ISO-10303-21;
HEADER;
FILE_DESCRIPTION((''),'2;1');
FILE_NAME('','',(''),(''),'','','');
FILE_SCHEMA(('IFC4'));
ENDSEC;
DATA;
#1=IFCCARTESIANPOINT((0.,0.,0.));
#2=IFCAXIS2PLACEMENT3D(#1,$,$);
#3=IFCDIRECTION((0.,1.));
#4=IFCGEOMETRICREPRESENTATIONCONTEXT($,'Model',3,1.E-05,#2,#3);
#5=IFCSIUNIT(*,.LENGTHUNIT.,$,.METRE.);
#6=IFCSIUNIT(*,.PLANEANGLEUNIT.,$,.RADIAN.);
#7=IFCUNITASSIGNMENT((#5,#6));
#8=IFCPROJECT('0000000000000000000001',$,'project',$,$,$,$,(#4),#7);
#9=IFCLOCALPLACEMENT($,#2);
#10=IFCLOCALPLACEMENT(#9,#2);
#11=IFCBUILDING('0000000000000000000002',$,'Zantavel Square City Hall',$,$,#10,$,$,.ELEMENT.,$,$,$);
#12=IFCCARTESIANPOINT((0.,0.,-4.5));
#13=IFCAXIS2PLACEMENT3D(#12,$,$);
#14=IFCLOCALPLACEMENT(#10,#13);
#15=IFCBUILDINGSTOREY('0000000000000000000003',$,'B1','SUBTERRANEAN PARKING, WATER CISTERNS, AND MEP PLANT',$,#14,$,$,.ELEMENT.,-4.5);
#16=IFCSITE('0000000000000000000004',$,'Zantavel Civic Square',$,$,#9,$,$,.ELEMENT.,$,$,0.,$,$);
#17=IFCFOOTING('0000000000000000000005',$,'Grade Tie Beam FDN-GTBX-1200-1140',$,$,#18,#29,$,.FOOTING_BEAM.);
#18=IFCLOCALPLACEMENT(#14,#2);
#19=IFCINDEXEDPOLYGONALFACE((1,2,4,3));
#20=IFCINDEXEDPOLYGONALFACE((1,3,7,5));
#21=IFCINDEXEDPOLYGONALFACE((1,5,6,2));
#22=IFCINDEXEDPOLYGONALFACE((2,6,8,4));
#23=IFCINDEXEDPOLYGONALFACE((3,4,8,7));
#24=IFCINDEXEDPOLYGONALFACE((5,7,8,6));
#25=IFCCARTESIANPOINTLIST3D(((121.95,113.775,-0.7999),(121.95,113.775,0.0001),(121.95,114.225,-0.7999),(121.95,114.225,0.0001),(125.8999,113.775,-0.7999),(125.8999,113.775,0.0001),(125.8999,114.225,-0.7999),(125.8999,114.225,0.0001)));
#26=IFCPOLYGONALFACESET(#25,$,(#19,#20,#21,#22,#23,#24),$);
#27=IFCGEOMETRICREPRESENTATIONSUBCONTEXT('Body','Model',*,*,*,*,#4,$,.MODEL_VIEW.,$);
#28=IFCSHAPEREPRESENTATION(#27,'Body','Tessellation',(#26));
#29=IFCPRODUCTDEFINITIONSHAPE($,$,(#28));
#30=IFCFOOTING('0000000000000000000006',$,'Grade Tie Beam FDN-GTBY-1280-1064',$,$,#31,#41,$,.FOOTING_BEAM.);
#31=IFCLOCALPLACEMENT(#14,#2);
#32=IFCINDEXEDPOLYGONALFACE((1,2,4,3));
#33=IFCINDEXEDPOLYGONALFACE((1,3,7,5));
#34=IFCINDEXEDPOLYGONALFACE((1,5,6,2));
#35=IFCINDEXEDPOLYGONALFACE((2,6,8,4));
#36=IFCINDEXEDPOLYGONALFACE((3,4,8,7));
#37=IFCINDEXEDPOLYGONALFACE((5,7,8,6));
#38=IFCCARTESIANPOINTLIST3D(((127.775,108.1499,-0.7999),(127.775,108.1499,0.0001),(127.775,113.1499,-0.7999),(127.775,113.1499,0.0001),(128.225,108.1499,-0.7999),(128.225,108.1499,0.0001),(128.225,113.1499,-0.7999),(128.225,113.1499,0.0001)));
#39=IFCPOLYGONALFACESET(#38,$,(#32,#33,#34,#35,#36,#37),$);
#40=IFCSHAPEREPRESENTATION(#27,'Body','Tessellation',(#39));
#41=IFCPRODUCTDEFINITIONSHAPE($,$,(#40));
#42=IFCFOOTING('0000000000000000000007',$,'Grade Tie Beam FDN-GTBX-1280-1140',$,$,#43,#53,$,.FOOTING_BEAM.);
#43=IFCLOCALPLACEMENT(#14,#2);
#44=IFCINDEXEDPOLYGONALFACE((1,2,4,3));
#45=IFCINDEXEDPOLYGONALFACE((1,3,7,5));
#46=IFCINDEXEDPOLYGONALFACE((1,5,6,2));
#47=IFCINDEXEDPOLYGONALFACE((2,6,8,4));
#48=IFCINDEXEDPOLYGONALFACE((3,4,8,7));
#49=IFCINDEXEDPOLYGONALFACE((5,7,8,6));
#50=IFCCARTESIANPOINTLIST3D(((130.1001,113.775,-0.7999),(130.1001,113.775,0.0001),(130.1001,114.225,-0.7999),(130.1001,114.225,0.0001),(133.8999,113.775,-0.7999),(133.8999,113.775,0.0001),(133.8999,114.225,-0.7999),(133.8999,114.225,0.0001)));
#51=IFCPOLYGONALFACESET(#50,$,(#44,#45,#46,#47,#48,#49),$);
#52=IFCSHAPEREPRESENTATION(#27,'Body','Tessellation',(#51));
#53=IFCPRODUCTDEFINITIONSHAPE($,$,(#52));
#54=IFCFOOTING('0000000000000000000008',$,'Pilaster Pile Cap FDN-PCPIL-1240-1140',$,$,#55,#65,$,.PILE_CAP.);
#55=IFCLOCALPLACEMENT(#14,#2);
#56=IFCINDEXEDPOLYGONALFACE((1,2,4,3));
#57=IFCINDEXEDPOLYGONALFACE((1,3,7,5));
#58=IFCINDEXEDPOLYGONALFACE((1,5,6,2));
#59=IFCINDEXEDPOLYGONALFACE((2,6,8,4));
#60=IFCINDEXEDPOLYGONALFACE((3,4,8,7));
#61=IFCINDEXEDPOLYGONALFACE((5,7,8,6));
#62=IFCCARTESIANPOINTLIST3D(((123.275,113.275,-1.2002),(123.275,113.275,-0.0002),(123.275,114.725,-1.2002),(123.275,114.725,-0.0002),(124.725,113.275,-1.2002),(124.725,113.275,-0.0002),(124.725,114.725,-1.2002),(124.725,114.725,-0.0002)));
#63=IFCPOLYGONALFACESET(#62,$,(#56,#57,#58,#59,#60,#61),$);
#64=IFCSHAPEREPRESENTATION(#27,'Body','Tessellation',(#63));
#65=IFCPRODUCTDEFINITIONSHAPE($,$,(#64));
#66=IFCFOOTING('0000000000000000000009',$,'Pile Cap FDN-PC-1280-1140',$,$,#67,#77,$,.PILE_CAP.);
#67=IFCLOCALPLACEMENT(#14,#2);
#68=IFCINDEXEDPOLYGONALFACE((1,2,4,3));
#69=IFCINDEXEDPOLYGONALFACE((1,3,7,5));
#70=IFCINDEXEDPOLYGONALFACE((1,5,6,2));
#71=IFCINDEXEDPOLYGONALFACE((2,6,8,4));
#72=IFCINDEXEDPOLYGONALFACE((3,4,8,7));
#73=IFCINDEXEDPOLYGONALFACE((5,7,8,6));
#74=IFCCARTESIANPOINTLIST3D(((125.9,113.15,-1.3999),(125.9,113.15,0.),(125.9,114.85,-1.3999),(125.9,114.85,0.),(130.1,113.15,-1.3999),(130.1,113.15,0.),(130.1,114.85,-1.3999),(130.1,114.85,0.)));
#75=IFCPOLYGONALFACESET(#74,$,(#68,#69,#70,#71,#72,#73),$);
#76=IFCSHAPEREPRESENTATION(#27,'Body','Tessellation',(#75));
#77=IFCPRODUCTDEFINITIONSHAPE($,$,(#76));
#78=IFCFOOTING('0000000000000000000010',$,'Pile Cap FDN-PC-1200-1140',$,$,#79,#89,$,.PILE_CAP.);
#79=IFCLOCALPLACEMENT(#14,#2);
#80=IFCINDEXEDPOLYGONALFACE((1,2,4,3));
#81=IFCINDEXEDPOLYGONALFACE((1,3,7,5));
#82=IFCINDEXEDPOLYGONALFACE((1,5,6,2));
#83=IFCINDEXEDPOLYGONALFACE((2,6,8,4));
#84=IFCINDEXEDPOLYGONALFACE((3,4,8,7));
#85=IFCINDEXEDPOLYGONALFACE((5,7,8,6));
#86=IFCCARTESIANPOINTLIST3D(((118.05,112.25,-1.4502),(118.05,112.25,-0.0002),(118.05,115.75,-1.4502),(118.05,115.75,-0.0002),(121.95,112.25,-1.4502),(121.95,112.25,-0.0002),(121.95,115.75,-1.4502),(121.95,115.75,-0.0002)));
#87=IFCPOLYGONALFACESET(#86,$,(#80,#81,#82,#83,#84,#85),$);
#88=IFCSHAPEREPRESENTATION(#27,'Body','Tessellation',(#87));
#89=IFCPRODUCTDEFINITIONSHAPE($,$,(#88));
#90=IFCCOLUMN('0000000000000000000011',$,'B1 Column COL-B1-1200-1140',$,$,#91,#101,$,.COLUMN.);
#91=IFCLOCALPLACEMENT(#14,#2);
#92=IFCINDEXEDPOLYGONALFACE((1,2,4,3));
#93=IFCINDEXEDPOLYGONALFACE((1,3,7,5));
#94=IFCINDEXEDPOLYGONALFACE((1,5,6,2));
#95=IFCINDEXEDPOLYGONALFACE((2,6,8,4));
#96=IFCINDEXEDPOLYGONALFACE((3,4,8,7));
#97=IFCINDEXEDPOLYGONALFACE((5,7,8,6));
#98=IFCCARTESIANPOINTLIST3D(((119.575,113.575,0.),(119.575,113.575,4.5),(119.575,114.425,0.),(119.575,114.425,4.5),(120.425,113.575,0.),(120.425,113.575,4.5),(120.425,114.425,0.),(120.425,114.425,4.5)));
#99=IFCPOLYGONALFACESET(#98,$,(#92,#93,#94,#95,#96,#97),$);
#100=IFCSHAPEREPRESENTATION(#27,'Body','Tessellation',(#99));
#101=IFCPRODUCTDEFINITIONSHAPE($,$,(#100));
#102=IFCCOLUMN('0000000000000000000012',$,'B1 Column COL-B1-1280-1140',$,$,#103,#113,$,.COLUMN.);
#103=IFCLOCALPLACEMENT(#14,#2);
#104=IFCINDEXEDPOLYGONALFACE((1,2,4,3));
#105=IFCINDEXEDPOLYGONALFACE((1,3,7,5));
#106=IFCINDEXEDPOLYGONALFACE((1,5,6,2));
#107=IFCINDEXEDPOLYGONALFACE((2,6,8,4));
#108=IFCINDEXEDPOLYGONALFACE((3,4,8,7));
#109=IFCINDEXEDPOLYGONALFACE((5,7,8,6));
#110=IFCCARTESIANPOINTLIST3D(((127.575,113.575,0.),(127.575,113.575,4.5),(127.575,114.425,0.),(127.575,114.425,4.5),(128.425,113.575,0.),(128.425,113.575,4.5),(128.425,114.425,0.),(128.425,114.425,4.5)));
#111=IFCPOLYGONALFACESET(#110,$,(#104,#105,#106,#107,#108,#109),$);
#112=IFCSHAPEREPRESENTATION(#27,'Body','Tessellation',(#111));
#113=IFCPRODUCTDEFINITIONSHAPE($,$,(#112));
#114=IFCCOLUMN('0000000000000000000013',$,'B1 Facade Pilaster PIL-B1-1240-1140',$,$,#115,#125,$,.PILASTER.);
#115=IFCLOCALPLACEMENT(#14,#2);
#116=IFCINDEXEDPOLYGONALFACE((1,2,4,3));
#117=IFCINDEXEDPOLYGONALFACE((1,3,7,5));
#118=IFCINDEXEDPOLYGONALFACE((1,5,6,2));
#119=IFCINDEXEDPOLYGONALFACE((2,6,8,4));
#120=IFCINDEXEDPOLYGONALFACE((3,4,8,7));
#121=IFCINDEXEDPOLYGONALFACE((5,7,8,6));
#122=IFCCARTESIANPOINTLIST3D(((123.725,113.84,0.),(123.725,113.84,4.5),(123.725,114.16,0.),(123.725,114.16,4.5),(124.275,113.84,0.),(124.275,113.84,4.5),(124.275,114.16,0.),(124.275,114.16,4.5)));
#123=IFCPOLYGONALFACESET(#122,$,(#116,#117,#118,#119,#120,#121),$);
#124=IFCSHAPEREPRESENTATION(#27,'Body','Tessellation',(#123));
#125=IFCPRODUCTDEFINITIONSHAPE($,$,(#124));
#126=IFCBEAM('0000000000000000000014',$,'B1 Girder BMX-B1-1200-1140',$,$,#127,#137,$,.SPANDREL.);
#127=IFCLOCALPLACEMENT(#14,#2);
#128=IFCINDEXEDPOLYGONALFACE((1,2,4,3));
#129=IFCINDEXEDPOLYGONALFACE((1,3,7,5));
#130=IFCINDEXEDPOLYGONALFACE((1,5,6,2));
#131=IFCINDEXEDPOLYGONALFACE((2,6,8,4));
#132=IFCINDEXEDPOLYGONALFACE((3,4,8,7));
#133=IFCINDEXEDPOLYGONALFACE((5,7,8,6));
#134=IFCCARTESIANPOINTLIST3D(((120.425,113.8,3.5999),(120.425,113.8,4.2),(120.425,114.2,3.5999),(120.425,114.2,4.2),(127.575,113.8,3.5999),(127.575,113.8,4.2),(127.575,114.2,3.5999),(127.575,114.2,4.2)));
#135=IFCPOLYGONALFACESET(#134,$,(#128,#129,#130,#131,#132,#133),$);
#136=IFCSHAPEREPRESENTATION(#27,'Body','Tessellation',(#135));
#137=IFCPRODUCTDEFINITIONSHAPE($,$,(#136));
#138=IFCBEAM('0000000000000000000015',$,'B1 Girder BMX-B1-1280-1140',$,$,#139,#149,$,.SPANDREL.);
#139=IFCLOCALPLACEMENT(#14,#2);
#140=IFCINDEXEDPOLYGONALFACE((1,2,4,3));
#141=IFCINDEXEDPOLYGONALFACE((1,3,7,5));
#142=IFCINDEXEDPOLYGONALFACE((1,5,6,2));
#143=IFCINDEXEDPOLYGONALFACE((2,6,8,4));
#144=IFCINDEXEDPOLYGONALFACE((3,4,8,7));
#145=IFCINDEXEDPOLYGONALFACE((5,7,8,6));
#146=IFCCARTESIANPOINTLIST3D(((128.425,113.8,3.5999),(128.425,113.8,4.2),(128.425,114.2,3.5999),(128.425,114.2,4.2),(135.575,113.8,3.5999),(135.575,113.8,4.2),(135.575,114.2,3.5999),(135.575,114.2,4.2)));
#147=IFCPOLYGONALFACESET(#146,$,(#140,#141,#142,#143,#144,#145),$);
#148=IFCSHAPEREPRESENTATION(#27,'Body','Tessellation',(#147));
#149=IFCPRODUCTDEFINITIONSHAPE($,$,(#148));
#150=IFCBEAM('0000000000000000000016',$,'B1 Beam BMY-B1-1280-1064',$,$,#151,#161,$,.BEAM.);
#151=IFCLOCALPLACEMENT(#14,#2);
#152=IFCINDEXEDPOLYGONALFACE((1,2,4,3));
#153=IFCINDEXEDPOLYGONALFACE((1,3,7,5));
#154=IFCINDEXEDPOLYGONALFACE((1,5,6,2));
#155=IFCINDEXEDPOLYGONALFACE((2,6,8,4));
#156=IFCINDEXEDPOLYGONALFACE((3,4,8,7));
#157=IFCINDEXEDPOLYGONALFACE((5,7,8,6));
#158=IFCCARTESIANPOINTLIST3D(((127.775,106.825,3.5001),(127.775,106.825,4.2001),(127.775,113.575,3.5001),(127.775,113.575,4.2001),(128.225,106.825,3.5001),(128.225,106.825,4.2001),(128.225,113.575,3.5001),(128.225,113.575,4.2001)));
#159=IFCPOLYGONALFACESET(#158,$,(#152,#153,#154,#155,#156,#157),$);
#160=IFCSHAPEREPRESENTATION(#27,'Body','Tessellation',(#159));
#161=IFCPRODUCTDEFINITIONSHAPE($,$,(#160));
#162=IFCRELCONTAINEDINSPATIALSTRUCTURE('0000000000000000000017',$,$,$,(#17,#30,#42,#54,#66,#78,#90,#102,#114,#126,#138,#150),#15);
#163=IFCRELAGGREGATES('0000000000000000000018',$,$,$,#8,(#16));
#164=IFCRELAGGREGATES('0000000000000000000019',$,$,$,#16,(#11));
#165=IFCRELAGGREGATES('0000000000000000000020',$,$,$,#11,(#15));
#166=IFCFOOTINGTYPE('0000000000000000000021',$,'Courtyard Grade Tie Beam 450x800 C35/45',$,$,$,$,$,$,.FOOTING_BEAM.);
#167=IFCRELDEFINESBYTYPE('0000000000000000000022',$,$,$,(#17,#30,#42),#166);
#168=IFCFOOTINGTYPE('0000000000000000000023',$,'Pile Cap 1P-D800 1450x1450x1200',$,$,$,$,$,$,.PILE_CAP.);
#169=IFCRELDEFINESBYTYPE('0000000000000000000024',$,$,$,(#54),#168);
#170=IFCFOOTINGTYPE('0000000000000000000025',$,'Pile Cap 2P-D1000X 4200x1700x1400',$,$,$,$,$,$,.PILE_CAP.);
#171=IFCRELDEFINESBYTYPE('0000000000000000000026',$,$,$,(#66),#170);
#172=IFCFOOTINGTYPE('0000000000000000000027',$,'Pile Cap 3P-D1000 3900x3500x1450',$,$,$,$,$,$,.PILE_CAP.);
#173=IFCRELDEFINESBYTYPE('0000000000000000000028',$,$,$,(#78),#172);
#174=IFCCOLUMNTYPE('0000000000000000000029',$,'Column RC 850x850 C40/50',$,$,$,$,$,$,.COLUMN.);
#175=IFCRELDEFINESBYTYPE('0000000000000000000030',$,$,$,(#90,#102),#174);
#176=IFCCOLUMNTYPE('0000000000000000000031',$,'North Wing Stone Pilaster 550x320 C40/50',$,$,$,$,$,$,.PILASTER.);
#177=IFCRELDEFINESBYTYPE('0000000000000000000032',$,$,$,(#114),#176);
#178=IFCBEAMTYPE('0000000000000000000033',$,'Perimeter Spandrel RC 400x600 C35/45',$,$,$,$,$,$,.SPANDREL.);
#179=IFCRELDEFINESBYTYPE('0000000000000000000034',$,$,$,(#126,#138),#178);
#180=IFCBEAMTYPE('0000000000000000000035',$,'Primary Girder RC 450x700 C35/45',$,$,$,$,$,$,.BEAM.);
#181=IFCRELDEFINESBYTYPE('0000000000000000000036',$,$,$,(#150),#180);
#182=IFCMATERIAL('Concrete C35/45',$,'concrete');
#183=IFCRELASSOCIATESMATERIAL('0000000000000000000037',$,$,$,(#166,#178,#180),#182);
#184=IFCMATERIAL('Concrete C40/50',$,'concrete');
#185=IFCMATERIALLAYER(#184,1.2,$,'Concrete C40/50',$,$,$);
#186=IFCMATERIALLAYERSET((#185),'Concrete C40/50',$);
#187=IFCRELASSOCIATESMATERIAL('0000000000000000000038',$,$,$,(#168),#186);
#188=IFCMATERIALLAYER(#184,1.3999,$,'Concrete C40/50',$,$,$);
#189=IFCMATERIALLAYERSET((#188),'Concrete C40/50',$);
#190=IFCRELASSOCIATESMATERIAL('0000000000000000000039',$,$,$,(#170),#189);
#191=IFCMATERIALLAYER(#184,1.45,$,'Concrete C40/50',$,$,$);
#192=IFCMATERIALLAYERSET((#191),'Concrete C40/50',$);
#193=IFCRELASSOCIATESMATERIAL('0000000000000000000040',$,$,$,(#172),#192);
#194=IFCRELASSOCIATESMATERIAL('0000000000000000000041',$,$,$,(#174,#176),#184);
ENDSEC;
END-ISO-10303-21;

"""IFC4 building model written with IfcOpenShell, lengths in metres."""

from ifc_helpers import new_model, si_unit, direction, frame, origin, origin_2d, place, context, subcontext, project, spatial, rectangle, extrude, material, layer, layer_set, material_profile, profile_set, type_object, element, save


model = new_model("IFC4")

# Units and contexts
model_context = context("Model", 3, precision=1e-05, world=origin(), true_north=direction((0.0, 1.0)))
body_context = subcontext(model_context, "Body", "Model", "MODEL_VIEW")
ifc_project = project(units=[si_unit("LENGTHUNIT", "METRE"), si_unit("PLANEANGLEUNIT", "RADIAN")], contexts=[model_context])

# Site, building, storey
site_placement = place(None, origin())
site = spatial("IfcSite", under=ifc_project, at=site_placement, Name="Zantavel Civic Square", CompositionType="ELEMENT", RefElevation=0.0)
building_placement = place(site_placement, origin())
building = spatial("IfcBuilding", under=site, at=building_placement, Name="Zantavel Square City Hall", CompositionType="ELEMENT")
storey_placement = place(building_placement, frame((0.0, 0.0, -4.5)))
storey = spatial("IfcBuildingStorey", under=building, at=storey_placement, Name="B1", Description="SUBTERRANEAN PARKING, WATER CISTERNS, AND MEP PLANT", CompositionType="ELEMENT", Elevation=-4.5)

# Shared definitions
ifc_material_1 = material(Name="Concrete C35/45", Category="concrete")

# Footings
ifc_material_profile_1 = material_profile(ifc_material_1, rectangle(XDim=0.45, YDim=0.8, at=origin_2d()), Name="RC 450x800")
ifc_profile_set_1 = profile_set([ifc_material_profile_1], Name="Concrete C35/45")
footing_type_1 = type_object("IfcFootingType", Name="Courtyard Grade Tie Beam 450x800 C35/45", PredefinedType="FOOTING_BEAM", material=ifc_profile_set_1)
footing_1_placement = place(storey_placement, frame((121.95, 114.0, -0.3999), z_axis=(1.0, 0.0, 0.0), x_axis=(0.0, 1.0, 0.0)))
element("IfcFooting", 1, at=footing_1_placement, inside=storey, type_object=footing_type_1, Name="Grade Tie Beam FDN-GTBX-1200-1140", PredefinedType="FOOTING_BEAM", context=body_context, shape_type="SweptSolid", body=[
    extrude(rectangle(XDim=0.45, YDim=0.8, at=origin_2d()), origin(), (0.0, 0.0, 1.0), 3.95),
])
footing_2_placement = place(storey_placement, frame((128.0, 108.1499, -0.3999), z_axis=(0.0, 1.0, 0.0), x_axis=(-1.0, 0.0, 0.0)))
element("IfcFooting", 2, at=footing_2_placement, inside=storey, type_object=footing_type_1, Name="Grade Tie Beam FDN-GTBY-1280-1064", PredefinedType="FOOTING_BEAM", context=body_context, shape_type="SweptSolid", body=[
    extrude(rectangle(XDim=0.45, YDim=0.8, at=origin_2d()), origin(), (0.0, 0.0, 1.0), 5.0),
])
footing_3_placement = place(storey_placement, frame((130.1001, 114.0, -0.3999), z_axis=(1.0, 0.0, 0.0), x_axis=(0.0, 1.0, 0.0)))
element("IfcFooting", 3, at=footing_3_placement, inside=storey, type_object=footing_type_1, Name="Grade Tie Beam FDN-GTBX-1280-1140", PredefinedType="FOOTING_BEAM", context=body_context, shape_type="SweptSolid", body=[
    extrude(rectangle(XDim=0.45, YDim=0.8, at=origin_2d()), origin(), (0.0, 0.0, 1.0), 3.7998),
])
ifc_material_2 = material(Name="Concrete C40/50", Category="concrete")
ifc_layer_1 = layer(ifc_material_2, 1.2, Name="Concrete C40/50")
ifc_layer_set_1 = layer_set([ifc_layer_1], Name="Concrete C40/50")
footing_type_2 = type_object("IfcFootingType", Name="Pile Cap 1P-D800 1450x1450x1200", PredefinedType="PILE_CAP", material=ifc_layer_set_1)
footing_4_placement = place(storey_placement, frame((124.0, 114.0, -1.2002), z_axis=(0.0, 0.0, 1.0), x_axis=(1.0, 0.0, 0.0)))
element("IfcFooting", 4, at=footing_4_placement, inside=storey, type_object=footing_type_2, Name="Pilaster Pile Cap FDN-PCPIL-1240-1140", PredefinedType="PILE_CAP", context=body_context, shape_type="SweptSolid", body=[
    extrude(rectangle(XDim=1.45, YDim=1.45, at=origin_2d()), origin(), (0.0, 0.0, 1.0), 1.2),
])
ifc_layer_2 = layer(ifc_material_2, 1.3999, Name="Concrete C40/50")
ifc_layer_set_2 = layer_set([ifc_layer_2], Name="Concrete C40/50")
footing_type_3 = type_object("IfcFootingType", Name="Pile Cap 2P-D1000X 4200x1700x1400", PredefinedType="PILE_CAP", material=ifc_layer_set_2)
footing_5_placement = place(storey_placement, frame((128.0, 114.0, -1.3999), z_axis=(0.0, 0.0, 1.0), x_axis=(1.0, 0.0, 0.0)))
element("IfcFooting", 5, at=footing_5_placement, inside=storey, type_object=footing_type_3, Name="Pile Cap FDN-PC-1280-1140", PredefinedType="PILE_CAP", context=body_context, shape_type="SweptSolid", body=[
    extrude(rectangle(XDim=4.2, YDim=1.7, at=origin_2d()), origin(), (0.0, 0.0, 1.0), 1.3999),
])
ifc_layer_3 = layer(ifc_material_2, 1.45, Name="Concrete C40/50")
ifc_layer_set_3 = layer_set([ifc_layer_3], Name="Concrete C40/50")
footing_type_4 = type_object("IfcFootingType", Name="Pile Cap 3P-D1000 3900x3500x1450", PredefinedType="PILE_CAP", material=ifc_layer_set_3)
footing_6_placement = place(storey_placement, frame((120.0, 114.0, -1.4502), z_axis=(0.0, 0.0, 1.0), x_axis=(1.0, 0.0, 0.0)))
element("IfcFooting", 6, at=footing_6_placement, inside=storey, type_object=footing_type_4, Name="Pile Cap FDN-PC-1200-1140", PredefinedType="PILE_CAP", context=body_context, shape_type="SweptSolid", body=[
    extrude(rectangle(XDim=3.8999, YDim=3.5, at=origin_2d()), origin(), (0.0, 0.0, 1.0), 1.45),
])

# Columns
ifc_material_profile_2 = material_profile(ifc_material_2, rectangle(XDim=0.8501, YDim=0.8501, at=origin_2d()), Name="RC 850x850")
ifc_profile_set_2 = profile_set([ifc_material_profile_2], Name="Concrete C40/50")
column_type_1 = type_object("IfcColumnType", Name="Column RC 850x850 C40/50", PredefinedType="COLUMN", material=ifc_profile_set_2)
for number, where, z_axis, x_axis, name in (
    (7, (120.0, 114.0, 0.0), (0.0, 0.0, 1.0), (1.0, 0.0, 0.0), "B1 Column COL-B1-1200-1140"),
    (8, (128.0, 114.0, 0.0), (0.0, 0.0, 1.0), (1.0, 0.0, 0.0), "B1 Column COL-B1-1280-1140"),
):
    element("IfcColumn", number, at=place(storey_placement, frame(where, z_axis=z_axis, x_axis=x_axis)), inside=storey, type_object=column_type_1, Name=name, PredefinedType="COLUMN", context=body_context, shape_type="SweptSolid", body=[
        extrude(rectangle(XDim=0.8501, YDim=0.8501, at=origin_2d()), origin(), (0.0, 0.0, 1.0), 4.5),
    ])
ifc_material_profile_3 = material_profile(ifc_material_2, rectangle(XDim=0.55, YDim=0.3201, at=origin_2d()), Name="RC 550x320")
ifc_profile_set_3 = profile_set([ifc_material_profile_3], Name="Concrete C40/50")
column_type_2 = type_object("IfcColumnType", Name="North Wing Stone Pilaster 550x320 C40/50", PredefinedType="PILASTER", material=ifc_profile_set_3)
column_placement = place(storey_placement, frame((124.0, 114.0, 0.0), z_axis=(0.0, 0.0, 1.0), x_axis=(1.0, 0.0, 0.0)))
element("IfcColumn", 9, at=column_placement, inside=storey, type_object=column_type_2, Name="B1 Facade Pilaster PIL-B1-1240-1140", PredefinedType="PILASTER", context=body_context, shape_type="SweptSolid", body=[
    extrude(rectangle(XDim=0.55, YDim=0.3201, at=origin_2d()), origin(), (0.0, 0.0, 1.0), 4.5),
])

# Beams
ifc_material_profile_4 = material_profile(ifc_material_1, rectangle(XDim=0.3999, YDim=0.6001, at=origin_2d()), Name="RC 400x600")
ifc_profile_set_4 = profile_set([ifc_material_profile_4], Name="Concrete C35/45")
beam_type_1 = type_object("IfcBeamType", Name="Perimeter Spandrel RC 400x600 C35/45", PredefinedType="SPANDREL", material=ifc_profile_set_4)
for number, where, z_axis, x_axis, name in (
    (10, (120.425, 114.0, 3.8999), (1.0, 0.0, 0.0), (0.0, 1.0, 0.0), "B1 Girder BMX-B1-1200-1140"),
    (11, (128.425, 114.0, 3.8999), (1.0, 0.0, 0.0), (0.0, 1.0, 0.0), "B1 Girder BMX-B1-1280-1140"),
):
    element("IfcBeam", number, at=place(storey_placement, frame(where, z_axis=z_axis, x_axis=x_axis)), inside=storey, type_object=beam_type_1, Name=name, PredefinedType="SPANDREL", context=body_context, shape_type="SweptSolid", body=[
        extrude(rectangle(XDim=0.3999, YDim=0.6001, at=origin_2d()), origin(), (0.0, 0.0, 1.0), 7.1499),
    ])
ifc_material_profile_5 = material_profile(ifc_material_1, rectangle(XDim=0.45, YDim=0.7, at=origin_2d()), Name="RC 450x700")
ifc_profile_set_5 = profile_set([ifc_material_profile_5], Name="Concrete C35/45")
beam_type_2 = type_object("IfcBeamType", Name="Primary Girder RC 450x700 C35/45", PredefinedType="BEAM", material=ifc_profile_set_5)
beam_placement = place(storey_placement, frame((128.0, 106.825, 3.8501), z_axis=(0.0, 1.0, 0.0), x_axis=(-1.0, 0.0, 0.0)))
element("IfcBeam", 12, at=beam_placement, inside=storey, type_object=beam_type_2, Name="B1 Beam BMY-B1-1280-1064", PredefinedType="BEAM", context=body_context, shape_type="SweptSolid", body=[
    extrude(rectangle(XDim=0.45, YDim=0.7, at=origin_2d()), origin(), (0.0, 0.0, 1.0), 6.75),
])

save(model, "model.ifc")
